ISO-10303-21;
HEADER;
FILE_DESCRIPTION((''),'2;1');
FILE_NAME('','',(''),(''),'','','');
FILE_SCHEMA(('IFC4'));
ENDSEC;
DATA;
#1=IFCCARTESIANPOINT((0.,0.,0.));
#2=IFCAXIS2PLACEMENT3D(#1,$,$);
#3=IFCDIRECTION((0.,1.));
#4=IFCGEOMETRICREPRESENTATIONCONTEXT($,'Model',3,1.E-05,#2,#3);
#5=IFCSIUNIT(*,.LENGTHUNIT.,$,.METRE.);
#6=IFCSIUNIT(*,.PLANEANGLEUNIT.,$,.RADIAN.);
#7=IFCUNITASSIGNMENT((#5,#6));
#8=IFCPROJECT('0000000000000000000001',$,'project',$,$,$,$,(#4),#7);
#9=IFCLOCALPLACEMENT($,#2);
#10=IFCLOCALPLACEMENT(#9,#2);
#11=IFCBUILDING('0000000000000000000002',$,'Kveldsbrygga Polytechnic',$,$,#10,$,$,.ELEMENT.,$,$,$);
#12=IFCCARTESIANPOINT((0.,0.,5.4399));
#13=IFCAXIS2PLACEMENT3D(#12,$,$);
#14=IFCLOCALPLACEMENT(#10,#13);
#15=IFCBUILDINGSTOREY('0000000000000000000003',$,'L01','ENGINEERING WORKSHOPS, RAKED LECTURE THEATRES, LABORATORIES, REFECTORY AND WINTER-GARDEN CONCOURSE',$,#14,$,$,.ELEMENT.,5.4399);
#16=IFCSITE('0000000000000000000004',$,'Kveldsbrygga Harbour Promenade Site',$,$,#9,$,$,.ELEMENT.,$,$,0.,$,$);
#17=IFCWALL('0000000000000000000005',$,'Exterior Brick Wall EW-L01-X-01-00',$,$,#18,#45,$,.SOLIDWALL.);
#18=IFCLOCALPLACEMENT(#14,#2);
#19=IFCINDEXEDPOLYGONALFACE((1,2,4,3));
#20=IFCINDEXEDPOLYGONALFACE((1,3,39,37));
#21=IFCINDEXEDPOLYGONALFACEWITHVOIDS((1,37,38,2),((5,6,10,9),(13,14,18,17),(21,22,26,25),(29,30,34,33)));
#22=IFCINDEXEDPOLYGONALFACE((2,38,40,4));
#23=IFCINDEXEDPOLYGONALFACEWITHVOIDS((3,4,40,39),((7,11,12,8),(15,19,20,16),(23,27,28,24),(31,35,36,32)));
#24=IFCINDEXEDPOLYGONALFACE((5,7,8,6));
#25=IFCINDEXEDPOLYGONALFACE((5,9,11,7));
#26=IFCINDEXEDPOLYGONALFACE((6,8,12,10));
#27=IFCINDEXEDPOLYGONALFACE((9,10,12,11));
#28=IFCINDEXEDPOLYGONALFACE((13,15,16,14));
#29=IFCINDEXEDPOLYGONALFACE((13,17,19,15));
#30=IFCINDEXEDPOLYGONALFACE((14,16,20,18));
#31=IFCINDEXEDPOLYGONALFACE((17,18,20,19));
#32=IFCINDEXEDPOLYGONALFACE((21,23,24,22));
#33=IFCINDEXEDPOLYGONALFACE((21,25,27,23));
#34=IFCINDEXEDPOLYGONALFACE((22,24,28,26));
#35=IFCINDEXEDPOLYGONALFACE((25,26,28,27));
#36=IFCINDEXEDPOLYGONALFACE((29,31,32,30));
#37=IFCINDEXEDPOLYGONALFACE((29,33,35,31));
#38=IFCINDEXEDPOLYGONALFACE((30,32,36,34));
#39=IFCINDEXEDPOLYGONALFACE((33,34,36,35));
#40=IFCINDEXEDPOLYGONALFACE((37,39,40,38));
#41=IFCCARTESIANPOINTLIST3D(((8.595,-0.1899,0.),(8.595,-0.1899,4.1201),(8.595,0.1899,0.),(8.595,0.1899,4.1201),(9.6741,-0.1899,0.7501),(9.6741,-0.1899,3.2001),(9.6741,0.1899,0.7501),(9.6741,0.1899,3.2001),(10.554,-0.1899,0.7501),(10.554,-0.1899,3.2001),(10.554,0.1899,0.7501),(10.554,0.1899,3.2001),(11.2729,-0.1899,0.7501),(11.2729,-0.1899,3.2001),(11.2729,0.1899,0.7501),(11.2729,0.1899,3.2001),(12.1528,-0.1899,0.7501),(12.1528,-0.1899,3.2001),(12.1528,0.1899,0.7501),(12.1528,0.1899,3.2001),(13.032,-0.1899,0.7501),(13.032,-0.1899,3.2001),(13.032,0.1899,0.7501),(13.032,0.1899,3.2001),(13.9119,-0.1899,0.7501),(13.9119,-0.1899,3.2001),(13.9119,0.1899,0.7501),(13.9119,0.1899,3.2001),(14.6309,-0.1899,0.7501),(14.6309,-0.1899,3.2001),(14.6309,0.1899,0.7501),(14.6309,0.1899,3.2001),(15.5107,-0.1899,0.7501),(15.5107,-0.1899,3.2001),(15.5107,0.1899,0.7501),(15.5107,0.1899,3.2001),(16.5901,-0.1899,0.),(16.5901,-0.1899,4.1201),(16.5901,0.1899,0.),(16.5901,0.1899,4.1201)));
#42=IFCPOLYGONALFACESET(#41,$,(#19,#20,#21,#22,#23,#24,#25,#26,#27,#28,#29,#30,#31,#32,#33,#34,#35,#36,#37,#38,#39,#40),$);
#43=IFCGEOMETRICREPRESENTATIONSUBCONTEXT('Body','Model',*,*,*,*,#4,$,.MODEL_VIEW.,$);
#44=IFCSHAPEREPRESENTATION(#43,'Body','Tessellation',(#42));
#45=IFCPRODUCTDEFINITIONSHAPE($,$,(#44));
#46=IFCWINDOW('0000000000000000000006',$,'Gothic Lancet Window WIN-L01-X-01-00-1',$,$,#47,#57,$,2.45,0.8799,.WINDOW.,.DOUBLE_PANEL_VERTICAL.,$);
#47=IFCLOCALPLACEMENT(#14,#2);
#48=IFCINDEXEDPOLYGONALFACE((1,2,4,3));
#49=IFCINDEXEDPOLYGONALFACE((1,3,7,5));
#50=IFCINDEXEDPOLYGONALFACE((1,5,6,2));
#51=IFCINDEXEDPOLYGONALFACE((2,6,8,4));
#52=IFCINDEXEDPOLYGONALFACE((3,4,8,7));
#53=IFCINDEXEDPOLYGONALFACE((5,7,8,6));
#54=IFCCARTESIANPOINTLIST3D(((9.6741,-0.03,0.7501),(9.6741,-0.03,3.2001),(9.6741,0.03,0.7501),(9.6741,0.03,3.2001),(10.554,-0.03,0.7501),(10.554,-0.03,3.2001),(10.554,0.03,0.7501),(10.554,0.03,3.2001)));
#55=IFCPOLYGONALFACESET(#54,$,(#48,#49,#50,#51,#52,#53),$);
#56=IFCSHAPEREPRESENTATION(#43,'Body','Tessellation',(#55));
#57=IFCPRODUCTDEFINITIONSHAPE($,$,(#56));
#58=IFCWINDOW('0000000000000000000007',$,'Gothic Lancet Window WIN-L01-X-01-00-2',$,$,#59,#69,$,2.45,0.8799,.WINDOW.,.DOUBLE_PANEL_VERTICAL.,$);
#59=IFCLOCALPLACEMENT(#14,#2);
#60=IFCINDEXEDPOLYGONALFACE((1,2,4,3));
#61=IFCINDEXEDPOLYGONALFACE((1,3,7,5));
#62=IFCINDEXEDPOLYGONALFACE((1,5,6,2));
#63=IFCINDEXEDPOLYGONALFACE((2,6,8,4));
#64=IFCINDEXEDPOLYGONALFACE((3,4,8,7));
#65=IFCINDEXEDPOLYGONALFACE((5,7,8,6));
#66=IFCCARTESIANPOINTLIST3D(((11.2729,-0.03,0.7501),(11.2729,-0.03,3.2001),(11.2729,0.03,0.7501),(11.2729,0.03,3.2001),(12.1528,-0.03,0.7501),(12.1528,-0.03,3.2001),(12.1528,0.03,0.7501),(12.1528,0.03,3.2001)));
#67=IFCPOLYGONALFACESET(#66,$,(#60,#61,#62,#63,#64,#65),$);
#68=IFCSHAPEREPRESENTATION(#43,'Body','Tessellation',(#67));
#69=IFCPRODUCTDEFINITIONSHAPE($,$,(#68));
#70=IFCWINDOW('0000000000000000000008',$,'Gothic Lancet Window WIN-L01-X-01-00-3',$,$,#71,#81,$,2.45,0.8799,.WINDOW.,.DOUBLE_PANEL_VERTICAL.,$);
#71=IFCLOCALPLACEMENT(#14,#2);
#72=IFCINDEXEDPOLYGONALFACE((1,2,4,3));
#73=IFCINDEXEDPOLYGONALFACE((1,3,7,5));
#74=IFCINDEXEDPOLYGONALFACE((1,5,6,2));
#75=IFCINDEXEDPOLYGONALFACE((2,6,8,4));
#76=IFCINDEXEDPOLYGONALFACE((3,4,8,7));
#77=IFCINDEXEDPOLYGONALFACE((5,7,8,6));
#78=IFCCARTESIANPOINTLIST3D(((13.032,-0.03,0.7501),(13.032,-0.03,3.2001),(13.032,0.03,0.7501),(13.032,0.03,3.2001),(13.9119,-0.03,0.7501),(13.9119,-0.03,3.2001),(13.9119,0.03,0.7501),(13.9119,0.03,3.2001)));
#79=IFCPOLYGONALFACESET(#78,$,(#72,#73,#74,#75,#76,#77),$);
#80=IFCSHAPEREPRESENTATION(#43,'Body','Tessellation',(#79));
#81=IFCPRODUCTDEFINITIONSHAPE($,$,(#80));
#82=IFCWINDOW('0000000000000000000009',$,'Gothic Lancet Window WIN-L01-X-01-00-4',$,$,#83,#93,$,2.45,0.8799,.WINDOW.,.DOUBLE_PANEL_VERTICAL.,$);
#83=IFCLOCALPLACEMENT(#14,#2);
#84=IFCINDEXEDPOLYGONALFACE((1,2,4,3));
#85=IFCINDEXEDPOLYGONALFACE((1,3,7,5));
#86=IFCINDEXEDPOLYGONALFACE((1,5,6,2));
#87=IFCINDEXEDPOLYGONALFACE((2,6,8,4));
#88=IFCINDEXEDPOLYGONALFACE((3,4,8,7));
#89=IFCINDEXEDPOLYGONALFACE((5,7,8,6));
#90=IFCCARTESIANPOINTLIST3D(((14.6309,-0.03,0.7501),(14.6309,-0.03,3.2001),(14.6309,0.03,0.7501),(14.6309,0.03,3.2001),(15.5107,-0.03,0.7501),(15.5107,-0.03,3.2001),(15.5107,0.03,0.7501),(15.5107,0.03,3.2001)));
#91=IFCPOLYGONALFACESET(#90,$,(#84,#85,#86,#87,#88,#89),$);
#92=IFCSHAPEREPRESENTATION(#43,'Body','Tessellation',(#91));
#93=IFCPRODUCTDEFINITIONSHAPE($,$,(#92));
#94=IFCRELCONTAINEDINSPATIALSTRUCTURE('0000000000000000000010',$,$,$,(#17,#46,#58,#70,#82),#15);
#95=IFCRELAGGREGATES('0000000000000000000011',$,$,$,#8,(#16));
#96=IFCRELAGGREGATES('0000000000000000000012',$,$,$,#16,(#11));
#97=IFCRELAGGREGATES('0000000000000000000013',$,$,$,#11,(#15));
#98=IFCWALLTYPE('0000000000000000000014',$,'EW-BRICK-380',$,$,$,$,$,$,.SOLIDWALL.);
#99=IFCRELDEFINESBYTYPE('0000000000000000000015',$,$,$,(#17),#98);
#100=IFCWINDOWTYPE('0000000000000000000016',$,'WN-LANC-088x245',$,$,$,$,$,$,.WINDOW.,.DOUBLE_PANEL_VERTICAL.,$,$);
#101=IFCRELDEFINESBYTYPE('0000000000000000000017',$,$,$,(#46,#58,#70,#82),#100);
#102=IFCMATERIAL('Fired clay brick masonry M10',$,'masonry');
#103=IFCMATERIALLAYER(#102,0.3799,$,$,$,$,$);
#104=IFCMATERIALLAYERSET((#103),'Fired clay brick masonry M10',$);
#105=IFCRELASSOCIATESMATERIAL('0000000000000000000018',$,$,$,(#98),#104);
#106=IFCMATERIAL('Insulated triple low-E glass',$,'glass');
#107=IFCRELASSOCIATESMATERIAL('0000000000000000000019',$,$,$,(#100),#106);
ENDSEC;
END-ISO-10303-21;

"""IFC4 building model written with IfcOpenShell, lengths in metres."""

from ifc_helpers import new_model, si_unit, direction, frame, frame_2d, origin, place, context, subcontext, project, spatial, rectangle, extrude, material, layer, layer_set, type_object, element, fill, save


model = new_model("IFC4")

# Units and contexts
model_context = context("Model", 3, precision=1e-05, world=origin(), true_north=direction((0.0, 1.0)))
body_context = subcontext(model_context, "Body", "Model", "MODEL_VIEW")
ifc_project = project(units=[si_unit("LENGTHUNIT", "METRE"), si_unit("PLANEANGLEUNIT", "RADIAN")], contexts=[model_context])

# Site, building, storey
site_placement = place(None, origin())
site = spatial("IfcSite", under=ifc_project, at=site_placement, Name="Kveldsbrygga Harbour Promenade Site", CompositionType="ELEMENT", RefElevation=0.0)
building_placement = place(site_placement, origin())
building = spatial("IfcBuilding", under=site, at=building_placement, Name="Kveldsbrygga Polytechnic", CompositionType="ELEMENT")
storey_placement = place(building_placement, frame((0.0, 0.0, 5.4399)))
storey = spatial("IfcBuildingStorey", under=building, at=storey_placement, Name="L01", Description="ENGINEERING WORKSHOPS, RAKED LECTURE THEATRES, LABORATORIES, REFECTORY AND WINTER-GARDEN CONCOURSE", CompositionType="ELEMENT", Elevation=5.4399)

# Wall, openings, windows
ifc_material_1 = material(Name="Fired clay brick masonry M10", Category="masonry")
ifc_layer_1 = layer(ifc_material_1, 0.3799)
ifc_layer_set_1 = layer_set([ifc_layer_1], Name="Fired clay brick masonry M10")
wall_type_1 = type_object("IfcWallType", Name="EW-BRICK-380", PredefinedType="SOLIDWALL", material=ifc_layer_set_1)
wall_1_placement = place(storey_placement, frame((8.595, 0.0, 0.0), z_axis=(0.0, 0.0, 1.0), x_axis=(1.0, 0.0, 0.0)))
wall_1 = element("IfcWall", 1, at=wall_1_placement, inside=storey, type_object=wall_type_1, Name="Exterior Brick Wall EW-L01-X-01-00", PredefinedType="SOLIDWALL", context=body_context, shape_type="SweptSolid", body=[
    extrude(rectangle(XDim=7.9951, YDim=0.3799, at=frame_2d((3.9976, 0.0))), origin(), (0.0, 0.0, 1.0), 4.1201),
])
opening_1_placement = place(wall_1_placement, frame((1.0791, 0.0, 0.75)))
opening_1 = element("IfcOpeningElement", 2, at=opening_1_placement, cuts=wall_1, PredefinedType="OPENING", context=body_context, shape_type="SweptSolid", body=[
    extrude(rectangle(XDim=0.8799, YDim=2.45, at=frame_2d((0.4399, 1.2251))), frame((0.0, 0.2, 0.0), z_axis=(0.0, -1.0, 0.0), x_axis=(1.0, 0.0, 0.0)), (0.0, 0.0, 1.0), 0.3999),
])
opening_2_placement = place(wall_1_placement, frame((2.678, 0.0, 0.75)))
opening_2 = element("IfcOpeningElement", 3, at=opening_2_placement, cuts=wall_1, PredefinedType="OPENING", context=body_context, shape_type="SweptSolid", body=[
    extrude(rectangle(XDim=0.8799, YDim=2.45, at=frame_2d((0.4399, 1.2251))), frame((0.0, 0.2, 0.0), z_axis=(0.0, -1.0, 0.0), x_axis=(1.0, 0.0, 0.0)), (0.0, 0.0, 1.0), 0.3999),
])
opening_3_placement = place(wall_1_placement, frame((4.437, 0.0, 0.75)))
opening_3 = element("IfcOpeningElement", 4, at=opening_3_placement, cuts=wall_1, PredefinedType="OPENING", context=body_context, shape_type="SweptSolid", body=[
    extrude(rectangle(XDim=0.8799, YDim=2.45, at=frame_2d((0.4399, 1.2251))), frame((0.0, 0.2, 0.0), z_axis=(0.0, -1.0, 0.0), x_axis=(1.0, 0.0, 0.0)), (0.0, 0.0, 1.0), 0.3999),
])
opening_4_placement = place(wall_1_placement, frame((6.0359, 0.0, 0.75)))
opening_4 = element("IfcOpeningElement", 5, at=opening_4_placement, cuts=wall_1, PredefinedType="OPENING", context=body_context, shape_type="SweptSolid", body=[
    extrude(rectangle(XDim=0.8799, YDim=2.45, at=frame_2d((0.4399, 1.2251))), frame((0.0, 0.2, 0.0), z_axis=(0.0, -1.0, 0.0), x_axis=(1.0, 0.0, 0.0)), (0.0, 0.0, 1.0), 0.3999),
])
ifc_material_2 = material(Name="Insulated triple low-E glass", Category="glass")
window_type_1 = type_object("IfcWindowType", Name="WN-LANC-088x245", PartitioningType="DOUBLE_PANEL_VERTICAL", PredefinedType="WINDOW", material=ifc_material_2)
window_1_placement = place(opening_1_placement, origin())
window_1 = element("IfcWindow", 6, at=window_1_placement, inside=storey, type_object=window_type_1, Name="Gothic Lancet Window WIN-L01-X-01-00-1", OverallHeight=2.45, OverallWidth=0.8799, PartitioningType="DOUBLE_PANEL_VERTICAL", PredefinedType="WINDOW", context=body_context, shape_type="SweptSolid", body=[
    extrude(rectangle(XDim=0.8799, YDim=2.45, at=frame_2d((0.4399, 1.2251))), frame((0.0, 0.03, 0.0), z_axis=(0.0, -1.0, 0.0), x_axis=(1.0, 0.0, 0.0)), (0.0, 0.0, 1.0), 0.0601),
])
fill(opening_1, window_1)
window_2_placement = place(opening_2_placement, origin())
window_2 = element("IfcWindow", 7, at=window_2_placement, inside=storey, type_object=window_type_1, Name="Gothic Lancet Window WIN-L01-X-01-00-2", OverallHeight=2.45, OverallWidth=0.8799, PartitioningType="DOUBLE_PANEL_VERTICAL", PredefinedType="WINDOW", context=body_context, shape_type="SweptSolid", body=[
    extrude(rectangle(XDim=0.8799, YDim=2.45, at=frame_2d((0.4399, 1.2251))), frame((0.0, 0.03, 0.0), z_axis=(0.0, -1.0, 0.0), x_axis=(1.0, 0.0, 0.0)), (0.0, 0.0, 1.0), 0.0601),
])
fill(opening_2, window_2)
window_3_placement = place(opening_3_placement, origin())
window_3 = element("IfcWindow", 8, at=window_3_placement, inside=storey, type_object=window_type_1, Name="Gothic Lancet Window WIN-L01-X-01-00-3", OverallHeight=2.45, OverallWidth=0.8799, PartitioningType="DOUBLE_PANEL_VERTICAL", PredefinedType="WINDOW", context=body_context, shape_type="SweptSolid", body=[
    extrude(rectangle(XDim=0.8799, YDim=2.45, at=frame_2d((0.4399, 1.2251))), frame((0.0, 0.03, 0.0), z_axis=(0.0, -1.0, 0.0), x_axis=(1.0, 0.0, 0.0)), (0.0, 0.0, 1.0), 0.0601),
])
fill(opening_3, window_3)
window_4_placement = place(opening_4_placement, origin())
window_4 = element("IfcWindow", 9, at=window_4_placement, inside=storey, type_object=window_type_1, Name="Gothic Lancet Window WIN-L01-X-01-00-4", OverallHeight=2.45, OverallWidth=0.8799, PartitioningType="DOUBLE_PANEL_VERTICAL", PredefinedType="WINDOW", context=body_context, shape_type="SweptSolid", body=[
    extrude(rectangle(XDim=0.8799, YDim=2.45, at=frame_2d((0.4399, 1.2251))), frame((0.0, 0.03, 0.0), z_axis=(0.0, -1.0, 0.0), x_axis=(1.0, 0.0, 0.0)), (0.0, 0.0, 1.0), 0.0601),
])
fill(opening_4, window_4)

save(model, "model.ifc")
